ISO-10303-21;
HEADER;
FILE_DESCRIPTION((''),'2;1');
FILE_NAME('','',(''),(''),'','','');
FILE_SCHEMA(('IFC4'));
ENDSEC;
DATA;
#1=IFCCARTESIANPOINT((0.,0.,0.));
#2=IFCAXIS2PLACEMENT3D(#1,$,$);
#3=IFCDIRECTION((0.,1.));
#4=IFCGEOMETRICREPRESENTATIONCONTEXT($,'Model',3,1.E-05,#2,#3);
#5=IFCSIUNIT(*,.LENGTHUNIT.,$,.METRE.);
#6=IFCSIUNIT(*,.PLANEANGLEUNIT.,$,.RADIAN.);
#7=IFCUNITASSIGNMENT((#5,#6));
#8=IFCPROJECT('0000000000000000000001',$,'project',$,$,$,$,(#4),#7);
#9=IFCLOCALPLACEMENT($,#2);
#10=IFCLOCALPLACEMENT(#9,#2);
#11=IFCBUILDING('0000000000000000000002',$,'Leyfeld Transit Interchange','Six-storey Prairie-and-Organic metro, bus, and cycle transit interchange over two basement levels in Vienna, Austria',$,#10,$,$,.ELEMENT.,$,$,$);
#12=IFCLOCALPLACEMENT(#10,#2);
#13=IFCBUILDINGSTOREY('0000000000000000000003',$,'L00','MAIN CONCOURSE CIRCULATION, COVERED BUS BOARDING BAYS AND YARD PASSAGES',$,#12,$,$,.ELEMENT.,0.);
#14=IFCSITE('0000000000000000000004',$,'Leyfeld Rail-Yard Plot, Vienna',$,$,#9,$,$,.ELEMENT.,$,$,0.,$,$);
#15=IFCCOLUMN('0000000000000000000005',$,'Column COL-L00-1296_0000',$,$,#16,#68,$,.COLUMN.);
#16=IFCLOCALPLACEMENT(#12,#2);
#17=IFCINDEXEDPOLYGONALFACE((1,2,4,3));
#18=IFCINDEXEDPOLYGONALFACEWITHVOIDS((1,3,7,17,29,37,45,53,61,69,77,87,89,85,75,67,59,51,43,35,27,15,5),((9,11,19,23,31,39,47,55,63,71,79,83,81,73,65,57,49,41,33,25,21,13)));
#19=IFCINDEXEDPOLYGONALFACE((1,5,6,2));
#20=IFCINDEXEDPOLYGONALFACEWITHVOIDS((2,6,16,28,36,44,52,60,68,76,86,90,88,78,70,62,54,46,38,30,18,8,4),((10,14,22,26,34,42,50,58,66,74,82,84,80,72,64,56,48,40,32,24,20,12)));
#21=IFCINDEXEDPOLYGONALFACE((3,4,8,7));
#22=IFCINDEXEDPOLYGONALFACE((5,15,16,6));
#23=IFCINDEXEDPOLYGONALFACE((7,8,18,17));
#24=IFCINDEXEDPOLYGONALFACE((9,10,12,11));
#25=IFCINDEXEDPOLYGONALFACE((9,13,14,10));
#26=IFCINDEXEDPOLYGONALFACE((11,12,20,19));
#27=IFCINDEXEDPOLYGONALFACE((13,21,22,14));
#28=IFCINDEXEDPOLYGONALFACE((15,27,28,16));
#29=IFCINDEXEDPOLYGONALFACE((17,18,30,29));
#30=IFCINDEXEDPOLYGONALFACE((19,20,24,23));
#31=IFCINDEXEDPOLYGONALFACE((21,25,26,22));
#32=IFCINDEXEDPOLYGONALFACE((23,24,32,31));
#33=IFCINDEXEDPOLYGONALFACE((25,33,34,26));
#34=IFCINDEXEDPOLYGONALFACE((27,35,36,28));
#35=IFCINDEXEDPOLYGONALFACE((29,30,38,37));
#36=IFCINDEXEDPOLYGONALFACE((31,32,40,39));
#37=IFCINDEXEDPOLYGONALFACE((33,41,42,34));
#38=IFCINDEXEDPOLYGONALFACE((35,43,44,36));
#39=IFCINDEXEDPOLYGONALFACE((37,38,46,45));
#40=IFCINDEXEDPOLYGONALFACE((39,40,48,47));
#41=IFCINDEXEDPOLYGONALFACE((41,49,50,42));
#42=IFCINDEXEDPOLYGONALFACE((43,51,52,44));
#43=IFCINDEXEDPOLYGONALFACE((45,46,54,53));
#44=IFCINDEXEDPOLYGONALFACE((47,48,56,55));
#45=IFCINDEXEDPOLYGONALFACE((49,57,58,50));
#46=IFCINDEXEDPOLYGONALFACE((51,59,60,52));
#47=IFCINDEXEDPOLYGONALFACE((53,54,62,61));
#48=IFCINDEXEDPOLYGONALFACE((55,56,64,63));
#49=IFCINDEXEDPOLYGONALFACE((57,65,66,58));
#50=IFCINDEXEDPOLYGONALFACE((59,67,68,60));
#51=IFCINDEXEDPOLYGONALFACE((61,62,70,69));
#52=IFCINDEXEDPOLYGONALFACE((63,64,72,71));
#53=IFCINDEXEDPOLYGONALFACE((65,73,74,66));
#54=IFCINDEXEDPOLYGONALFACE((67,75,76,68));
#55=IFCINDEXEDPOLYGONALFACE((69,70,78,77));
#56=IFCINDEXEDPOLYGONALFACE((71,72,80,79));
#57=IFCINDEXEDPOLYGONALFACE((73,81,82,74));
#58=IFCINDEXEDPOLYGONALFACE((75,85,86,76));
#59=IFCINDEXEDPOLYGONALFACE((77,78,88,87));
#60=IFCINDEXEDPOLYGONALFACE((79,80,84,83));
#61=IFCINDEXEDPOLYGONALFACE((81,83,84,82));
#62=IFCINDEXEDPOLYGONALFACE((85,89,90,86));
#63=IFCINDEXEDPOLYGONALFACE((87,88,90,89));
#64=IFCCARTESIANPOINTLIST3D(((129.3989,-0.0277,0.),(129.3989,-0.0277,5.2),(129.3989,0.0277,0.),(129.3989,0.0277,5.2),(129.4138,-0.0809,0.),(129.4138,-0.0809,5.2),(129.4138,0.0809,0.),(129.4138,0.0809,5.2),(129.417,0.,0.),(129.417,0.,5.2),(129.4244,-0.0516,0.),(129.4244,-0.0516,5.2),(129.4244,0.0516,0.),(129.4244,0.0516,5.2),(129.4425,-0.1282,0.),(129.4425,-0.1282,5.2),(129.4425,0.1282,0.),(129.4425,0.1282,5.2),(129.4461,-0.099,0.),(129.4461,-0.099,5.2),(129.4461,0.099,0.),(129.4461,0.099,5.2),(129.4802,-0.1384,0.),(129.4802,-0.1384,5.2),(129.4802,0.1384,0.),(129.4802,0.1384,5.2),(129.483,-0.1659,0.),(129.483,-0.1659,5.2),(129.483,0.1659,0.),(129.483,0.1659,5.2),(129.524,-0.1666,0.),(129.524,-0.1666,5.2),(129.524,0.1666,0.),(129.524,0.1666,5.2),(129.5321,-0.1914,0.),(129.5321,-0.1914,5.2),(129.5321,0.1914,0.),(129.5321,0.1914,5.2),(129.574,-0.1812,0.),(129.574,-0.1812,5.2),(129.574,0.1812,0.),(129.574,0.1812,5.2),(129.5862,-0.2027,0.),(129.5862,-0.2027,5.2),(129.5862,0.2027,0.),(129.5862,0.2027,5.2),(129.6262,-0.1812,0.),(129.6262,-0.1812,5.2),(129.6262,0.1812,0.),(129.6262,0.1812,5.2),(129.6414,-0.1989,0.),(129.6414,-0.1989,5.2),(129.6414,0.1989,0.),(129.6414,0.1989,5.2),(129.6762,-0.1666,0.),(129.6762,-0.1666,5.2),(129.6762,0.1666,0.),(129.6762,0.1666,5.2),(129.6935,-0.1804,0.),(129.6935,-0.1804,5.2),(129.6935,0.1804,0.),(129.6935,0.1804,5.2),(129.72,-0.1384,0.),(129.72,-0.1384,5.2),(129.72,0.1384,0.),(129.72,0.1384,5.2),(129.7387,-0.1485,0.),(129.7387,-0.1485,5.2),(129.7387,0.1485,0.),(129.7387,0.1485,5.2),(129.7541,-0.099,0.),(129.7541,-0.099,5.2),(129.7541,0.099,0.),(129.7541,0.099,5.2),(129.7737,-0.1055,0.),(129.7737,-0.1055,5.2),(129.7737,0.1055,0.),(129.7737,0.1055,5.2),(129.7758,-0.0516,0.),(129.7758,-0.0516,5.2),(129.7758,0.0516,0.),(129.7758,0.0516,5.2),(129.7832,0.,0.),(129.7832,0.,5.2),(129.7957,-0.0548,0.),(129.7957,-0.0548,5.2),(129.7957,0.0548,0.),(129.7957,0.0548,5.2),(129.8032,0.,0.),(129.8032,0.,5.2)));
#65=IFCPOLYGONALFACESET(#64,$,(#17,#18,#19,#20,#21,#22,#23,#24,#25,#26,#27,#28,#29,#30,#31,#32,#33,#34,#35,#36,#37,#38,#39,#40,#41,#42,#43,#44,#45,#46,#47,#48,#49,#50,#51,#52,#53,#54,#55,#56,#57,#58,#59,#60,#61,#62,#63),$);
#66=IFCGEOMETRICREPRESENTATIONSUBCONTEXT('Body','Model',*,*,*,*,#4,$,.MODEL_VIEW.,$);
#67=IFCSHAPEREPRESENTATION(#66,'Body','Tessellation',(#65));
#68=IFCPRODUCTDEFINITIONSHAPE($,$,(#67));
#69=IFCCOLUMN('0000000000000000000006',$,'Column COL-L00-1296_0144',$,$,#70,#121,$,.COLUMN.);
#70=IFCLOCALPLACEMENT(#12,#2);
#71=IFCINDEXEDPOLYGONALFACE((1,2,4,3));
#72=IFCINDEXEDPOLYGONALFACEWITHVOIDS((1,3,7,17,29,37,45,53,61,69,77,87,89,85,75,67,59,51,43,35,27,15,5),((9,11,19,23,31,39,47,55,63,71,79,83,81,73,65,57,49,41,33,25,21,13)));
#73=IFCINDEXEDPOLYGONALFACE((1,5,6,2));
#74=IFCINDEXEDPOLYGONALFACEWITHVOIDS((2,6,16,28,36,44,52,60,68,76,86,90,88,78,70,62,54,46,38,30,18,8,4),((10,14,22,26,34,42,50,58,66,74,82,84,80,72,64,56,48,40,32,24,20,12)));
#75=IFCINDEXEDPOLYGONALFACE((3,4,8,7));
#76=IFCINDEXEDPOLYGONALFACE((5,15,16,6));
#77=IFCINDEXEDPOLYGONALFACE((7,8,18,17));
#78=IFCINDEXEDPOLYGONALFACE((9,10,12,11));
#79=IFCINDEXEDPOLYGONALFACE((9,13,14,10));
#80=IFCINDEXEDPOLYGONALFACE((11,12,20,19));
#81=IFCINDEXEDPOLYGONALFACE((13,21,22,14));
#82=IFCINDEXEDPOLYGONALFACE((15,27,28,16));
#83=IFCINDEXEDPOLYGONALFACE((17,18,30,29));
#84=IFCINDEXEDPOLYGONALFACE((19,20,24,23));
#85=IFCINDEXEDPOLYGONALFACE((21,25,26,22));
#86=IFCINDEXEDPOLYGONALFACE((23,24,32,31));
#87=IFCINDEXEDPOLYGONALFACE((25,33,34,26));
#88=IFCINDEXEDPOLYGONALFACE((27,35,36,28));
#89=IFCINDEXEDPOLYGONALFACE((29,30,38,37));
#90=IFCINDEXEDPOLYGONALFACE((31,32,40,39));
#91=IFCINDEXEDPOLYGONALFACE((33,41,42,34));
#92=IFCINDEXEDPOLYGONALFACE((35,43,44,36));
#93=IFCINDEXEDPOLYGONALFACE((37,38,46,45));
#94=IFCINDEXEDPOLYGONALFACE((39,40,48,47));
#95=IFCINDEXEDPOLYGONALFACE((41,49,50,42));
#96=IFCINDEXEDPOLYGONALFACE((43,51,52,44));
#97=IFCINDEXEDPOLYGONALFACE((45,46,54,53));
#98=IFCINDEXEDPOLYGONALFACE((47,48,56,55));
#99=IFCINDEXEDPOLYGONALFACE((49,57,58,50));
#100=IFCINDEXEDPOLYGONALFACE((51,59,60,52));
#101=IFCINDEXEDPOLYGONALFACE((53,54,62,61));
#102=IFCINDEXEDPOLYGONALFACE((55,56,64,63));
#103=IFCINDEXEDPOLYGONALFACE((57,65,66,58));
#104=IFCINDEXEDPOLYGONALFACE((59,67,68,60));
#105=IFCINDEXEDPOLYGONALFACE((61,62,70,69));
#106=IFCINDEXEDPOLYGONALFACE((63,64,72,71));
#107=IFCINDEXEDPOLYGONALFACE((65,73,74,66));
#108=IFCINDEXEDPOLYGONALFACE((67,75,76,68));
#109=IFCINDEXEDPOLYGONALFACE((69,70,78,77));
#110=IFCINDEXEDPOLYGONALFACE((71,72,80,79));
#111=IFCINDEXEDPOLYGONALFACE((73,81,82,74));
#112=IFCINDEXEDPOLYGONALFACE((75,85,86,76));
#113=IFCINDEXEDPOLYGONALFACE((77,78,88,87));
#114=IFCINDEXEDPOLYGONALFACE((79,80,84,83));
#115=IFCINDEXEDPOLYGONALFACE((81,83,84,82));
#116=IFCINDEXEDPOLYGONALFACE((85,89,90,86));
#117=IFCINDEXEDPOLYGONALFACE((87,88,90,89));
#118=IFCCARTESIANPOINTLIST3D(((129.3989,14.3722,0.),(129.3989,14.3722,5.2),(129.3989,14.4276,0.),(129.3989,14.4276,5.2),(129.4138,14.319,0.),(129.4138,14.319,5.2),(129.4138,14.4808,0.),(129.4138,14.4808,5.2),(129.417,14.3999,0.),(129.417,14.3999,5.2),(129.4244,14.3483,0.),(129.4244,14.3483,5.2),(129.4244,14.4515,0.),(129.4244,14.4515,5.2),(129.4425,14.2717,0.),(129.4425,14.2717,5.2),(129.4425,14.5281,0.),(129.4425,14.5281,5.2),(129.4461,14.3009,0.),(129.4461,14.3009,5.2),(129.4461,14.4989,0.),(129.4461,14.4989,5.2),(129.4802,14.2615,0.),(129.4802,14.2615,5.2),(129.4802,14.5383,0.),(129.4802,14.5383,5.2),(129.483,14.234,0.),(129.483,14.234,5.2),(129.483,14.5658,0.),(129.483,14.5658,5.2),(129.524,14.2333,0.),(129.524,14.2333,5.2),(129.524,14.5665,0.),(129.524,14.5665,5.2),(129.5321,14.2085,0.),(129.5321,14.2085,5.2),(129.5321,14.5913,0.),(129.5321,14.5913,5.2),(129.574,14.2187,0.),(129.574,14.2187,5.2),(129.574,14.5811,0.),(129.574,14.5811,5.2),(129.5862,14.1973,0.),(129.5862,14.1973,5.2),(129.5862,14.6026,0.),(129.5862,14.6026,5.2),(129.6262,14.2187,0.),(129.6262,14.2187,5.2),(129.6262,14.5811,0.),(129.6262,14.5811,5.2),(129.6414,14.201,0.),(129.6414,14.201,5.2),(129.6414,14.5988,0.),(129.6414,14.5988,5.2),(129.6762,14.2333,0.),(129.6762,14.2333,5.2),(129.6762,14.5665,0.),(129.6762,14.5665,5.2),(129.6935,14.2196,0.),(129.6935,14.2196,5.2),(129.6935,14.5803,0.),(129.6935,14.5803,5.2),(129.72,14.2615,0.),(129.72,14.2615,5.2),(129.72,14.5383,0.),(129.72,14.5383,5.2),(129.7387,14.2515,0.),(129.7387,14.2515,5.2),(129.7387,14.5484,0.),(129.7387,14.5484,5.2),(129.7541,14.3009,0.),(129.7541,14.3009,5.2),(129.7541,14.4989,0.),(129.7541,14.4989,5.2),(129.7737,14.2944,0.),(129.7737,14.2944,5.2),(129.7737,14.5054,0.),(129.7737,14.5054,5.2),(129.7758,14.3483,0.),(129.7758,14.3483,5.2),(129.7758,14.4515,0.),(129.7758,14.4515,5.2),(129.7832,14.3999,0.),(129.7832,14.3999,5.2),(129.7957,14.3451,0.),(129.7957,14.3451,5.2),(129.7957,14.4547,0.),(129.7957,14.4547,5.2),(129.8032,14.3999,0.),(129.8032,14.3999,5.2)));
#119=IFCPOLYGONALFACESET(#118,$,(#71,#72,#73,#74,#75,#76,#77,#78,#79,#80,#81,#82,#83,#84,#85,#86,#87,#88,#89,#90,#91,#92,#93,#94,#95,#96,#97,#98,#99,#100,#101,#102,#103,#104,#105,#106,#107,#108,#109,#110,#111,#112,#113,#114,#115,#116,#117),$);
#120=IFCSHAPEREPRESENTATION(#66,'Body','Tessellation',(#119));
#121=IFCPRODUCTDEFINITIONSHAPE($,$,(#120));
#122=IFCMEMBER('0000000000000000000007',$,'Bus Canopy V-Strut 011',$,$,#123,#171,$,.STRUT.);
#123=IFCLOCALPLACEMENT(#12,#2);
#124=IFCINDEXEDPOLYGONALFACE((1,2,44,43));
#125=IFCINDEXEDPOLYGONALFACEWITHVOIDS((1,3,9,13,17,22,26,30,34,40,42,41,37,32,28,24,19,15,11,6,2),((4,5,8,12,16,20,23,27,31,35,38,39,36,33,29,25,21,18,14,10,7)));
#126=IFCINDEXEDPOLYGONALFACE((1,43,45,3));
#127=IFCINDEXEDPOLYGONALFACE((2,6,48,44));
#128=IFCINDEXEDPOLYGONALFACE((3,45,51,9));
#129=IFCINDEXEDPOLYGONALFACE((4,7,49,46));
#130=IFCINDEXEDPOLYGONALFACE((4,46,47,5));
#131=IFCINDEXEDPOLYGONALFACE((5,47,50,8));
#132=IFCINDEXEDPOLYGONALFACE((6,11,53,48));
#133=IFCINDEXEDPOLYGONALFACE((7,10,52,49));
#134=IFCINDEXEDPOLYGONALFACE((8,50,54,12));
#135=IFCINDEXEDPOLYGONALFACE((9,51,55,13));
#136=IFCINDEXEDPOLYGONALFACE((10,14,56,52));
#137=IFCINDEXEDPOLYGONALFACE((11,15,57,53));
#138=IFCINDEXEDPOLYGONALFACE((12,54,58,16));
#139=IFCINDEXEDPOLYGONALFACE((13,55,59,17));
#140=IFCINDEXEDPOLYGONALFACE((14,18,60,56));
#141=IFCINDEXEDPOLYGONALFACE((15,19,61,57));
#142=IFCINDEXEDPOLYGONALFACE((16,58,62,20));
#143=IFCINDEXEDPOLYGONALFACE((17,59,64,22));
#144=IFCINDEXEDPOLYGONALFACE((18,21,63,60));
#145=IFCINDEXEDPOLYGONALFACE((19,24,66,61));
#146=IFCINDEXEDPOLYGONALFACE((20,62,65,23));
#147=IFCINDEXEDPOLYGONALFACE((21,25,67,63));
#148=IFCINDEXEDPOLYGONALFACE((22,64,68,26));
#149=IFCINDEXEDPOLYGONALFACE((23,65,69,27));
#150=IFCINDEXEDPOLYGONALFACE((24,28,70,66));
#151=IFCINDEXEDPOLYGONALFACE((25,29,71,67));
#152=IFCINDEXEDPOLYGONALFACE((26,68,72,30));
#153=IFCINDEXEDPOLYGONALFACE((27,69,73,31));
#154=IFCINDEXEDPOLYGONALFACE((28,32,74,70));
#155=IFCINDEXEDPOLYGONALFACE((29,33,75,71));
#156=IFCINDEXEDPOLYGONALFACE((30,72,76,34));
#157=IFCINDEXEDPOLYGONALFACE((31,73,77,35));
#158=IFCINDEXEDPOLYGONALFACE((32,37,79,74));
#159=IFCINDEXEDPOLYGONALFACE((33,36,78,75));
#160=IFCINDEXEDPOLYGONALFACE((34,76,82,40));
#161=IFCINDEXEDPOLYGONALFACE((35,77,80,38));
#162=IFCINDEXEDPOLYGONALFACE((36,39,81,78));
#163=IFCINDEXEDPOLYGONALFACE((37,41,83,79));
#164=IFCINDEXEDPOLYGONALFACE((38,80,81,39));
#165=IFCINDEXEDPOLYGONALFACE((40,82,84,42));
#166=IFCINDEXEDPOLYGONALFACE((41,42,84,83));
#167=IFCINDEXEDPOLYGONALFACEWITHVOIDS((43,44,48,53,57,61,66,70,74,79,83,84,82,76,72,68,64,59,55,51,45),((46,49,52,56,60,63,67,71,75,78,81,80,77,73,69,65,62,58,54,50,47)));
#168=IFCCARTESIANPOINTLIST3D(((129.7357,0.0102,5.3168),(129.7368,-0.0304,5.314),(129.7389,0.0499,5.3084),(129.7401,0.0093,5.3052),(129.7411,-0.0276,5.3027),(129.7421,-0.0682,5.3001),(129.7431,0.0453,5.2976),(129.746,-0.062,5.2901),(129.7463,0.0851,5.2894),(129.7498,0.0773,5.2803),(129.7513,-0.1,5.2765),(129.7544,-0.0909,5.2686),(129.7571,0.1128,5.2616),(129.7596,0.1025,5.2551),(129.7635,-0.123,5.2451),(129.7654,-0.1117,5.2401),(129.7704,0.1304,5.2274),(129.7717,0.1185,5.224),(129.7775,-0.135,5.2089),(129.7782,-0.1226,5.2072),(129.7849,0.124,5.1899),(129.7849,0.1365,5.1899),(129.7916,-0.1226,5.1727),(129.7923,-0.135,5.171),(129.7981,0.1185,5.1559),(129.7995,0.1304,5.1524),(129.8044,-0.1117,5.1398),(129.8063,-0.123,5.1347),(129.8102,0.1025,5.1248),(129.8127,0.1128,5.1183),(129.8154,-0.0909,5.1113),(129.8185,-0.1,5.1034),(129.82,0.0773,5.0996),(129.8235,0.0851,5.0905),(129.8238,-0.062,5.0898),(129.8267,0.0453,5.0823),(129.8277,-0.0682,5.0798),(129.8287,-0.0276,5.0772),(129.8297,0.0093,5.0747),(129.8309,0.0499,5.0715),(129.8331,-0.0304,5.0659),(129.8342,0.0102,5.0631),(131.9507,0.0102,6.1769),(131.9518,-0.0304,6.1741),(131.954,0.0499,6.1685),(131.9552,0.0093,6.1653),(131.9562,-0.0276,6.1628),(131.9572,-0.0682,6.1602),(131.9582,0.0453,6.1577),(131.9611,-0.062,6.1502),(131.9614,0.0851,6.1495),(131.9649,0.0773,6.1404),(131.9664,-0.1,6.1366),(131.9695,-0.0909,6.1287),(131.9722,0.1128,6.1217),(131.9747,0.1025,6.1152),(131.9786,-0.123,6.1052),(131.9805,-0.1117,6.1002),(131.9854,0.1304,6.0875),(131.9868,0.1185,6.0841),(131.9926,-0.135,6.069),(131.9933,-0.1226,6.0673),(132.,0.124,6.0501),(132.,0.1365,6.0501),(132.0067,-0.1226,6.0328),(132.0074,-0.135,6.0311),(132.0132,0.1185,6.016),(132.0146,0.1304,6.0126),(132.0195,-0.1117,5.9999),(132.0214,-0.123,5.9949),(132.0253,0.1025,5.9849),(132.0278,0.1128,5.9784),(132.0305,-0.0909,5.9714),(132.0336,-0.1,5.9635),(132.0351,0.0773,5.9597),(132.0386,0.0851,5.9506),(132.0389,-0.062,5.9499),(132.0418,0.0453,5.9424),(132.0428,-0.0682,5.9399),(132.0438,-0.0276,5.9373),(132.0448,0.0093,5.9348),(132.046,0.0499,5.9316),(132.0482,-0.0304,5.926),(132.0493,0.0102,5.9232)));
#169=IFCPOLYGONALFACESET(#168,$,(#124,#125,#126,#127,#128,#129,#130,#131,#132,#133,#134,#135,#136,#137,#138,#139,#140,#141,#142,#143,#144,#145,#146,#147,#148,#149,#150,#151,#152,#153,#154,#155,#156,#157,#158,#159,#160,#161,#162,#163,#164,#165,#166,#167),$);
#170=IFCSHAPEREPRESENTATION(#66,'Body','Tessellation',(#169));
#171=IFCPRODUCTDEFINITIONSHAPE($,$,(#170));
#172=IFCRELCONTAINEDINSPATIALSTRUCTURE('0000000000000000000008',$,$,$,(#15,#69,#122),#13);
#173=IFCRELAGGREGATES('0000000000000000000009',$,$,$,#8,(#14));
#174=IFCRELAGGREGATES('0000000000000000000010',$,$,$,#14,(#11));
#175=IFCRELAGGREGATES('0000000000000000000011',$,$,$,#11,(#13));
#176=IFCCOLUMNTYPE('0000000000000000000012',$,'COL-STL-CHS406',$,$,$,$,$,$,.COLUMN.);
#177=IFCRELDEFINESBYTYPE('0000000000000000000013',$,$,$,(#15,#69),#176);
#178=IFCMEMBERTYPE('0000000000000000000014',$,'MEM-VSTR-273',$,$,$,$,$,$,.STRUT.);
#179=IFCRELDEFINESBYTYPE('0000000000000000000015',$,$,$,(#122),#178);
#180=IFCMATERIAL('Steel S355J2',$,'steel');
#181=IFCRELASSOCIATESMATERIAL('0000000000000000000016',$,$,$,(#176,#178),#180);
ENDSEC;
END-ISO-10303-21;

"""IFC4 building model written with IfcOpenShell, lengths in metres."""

from ifc_helpers import new_model, si_unit, direction, frame, origin, origin_2d, place, context, subcontext, project, spatial, hollow_circle, extrude, material, material_profile, profile_set, type_object, element, save


model = new_model("IFC4")

# Units and contexts
model_context = context("Model", 3, precision=1e-05, world=origin(), true_north=direction((0.0, 1.0)))
body_context = subcontext(model_context, "Body", "Model", "MODEL_VIEW")
ifc_project = project(units=[si_unit("LENGTHUNIT", "METRE"), si_unit("PLANEANGLEUNIT", "RADIAN")], contexts=[model_context])

# Site, building, storey
site_placement = place(None, origin())
site = spatial("IfcSite", under=ifc_project, at=site_placement, Name="Leyfeld Rail-Yard Plot, Vienna", CompositionType="ELEMENT", RefElevation=0.0)
building_placement = place(site_placement, origin())
building = spatial("IfcBuilding", under=site, at=building_placement, Name="Leyfeld Transit Interchange", Description="Six-storey Prairie-and-Organic metro, bus, and cycle transit interchange over two basement levels in Vienna, Austria", CompositionType="ELEMENT")
storey_placement = place(building_placement, origin())
storey = spatial("IfcBuildingStorey", under=building, at=storey_placement, Name="L00", Description="MAIN CONCOURSE CIRCULATION, COVERED BUS BOARDING BAYS AND YARD PASSAGES", CompositionType="ELEMENT", Elevation=0.0)

# Columns
ifc_material_1 = material(Name="Steel S355J2", Category="steel")
ifc_material_profile_1 = material_profile(ifc_material_1, hollow_circle(Radius=0.2031, WallThickness=0.02, at=origin_2d()), Name="CHS 406.4x20")
ifc_profile_set_1 = profile_set([ifc_material_profile_1], Name="Steel S355J2")
column_type = type_object("IfcColumnType", Name="COL-STL-CHS406", PredefinedType="COLUMN", material=ifc_profile_set_1)
for number, where, z_axis, x_axis, name in (
    (1, (129.6001, 0.0, 0.0), (0.0, 0.0, 1.0), (1.0, 0.0, 0.0), "Column COL-L00-1296_0000"),
    (2, (129.6001, 14.3999, 0.0), (0.0, 0.0, 1.0), (1.0, 0.0, 0.0), "Column COL-L00-1296_0144"),
):
    element("IfcColumn", number, at=place(storey_placement, frame(where, z_axis=z_axis, x_axis=x_axis)), inside=storey, type_object=column_type, Name=name, PredefinedType="COLUMN", context=body_context, shape_type="SweptSolid", body=[
        extrude(hollow_circle(Radius=0.2031, WallThickness=0.02, at=origin_2d()), origin(), (0.0, 0.0, 1.0), 5.2),
    ])

# Member
ifc_material_profile_2 = material_profile(ifc_material_1, hollow_circle(Radius=0.1365, WallThickness=0.0125, at=origin_2d()), Name="CHS 273x12.5")
ifc_profile_set_2 = profile_set([ifc_material_profile_2], Name="Steel S355J2")
member_type_1 = type_object("IfcMemberType", Name="MEM-VSTR-273", PredefinedType="STRUT", material=ifc_profile_set_2)
for number, where, z_axis, x_axis, name in (
    (3, (129.7849, 0.0, 5.1899), (0.932192, 0.0, 0.361965), (0.0, 1.0, 0.0), "Bus Canopy V-Strut 011"),
):
    element("IfcMember", number, at=place(storey_placement, frame(where, z_axis=z_axis, x_axis=x_axis)), inside=storey, type_object=member_type_1, Name=name, PredefinedType="STRUT", context=body_context, shape_type="SweptSolid", body=[
        extrude(hollow_circle(Radius=0.1365, WallThickness=0.0125, at=origin_2d()), origin(), (0.0, 0.0, 1.0), 2.3762),
    ])

save(model, "model.ifc")
